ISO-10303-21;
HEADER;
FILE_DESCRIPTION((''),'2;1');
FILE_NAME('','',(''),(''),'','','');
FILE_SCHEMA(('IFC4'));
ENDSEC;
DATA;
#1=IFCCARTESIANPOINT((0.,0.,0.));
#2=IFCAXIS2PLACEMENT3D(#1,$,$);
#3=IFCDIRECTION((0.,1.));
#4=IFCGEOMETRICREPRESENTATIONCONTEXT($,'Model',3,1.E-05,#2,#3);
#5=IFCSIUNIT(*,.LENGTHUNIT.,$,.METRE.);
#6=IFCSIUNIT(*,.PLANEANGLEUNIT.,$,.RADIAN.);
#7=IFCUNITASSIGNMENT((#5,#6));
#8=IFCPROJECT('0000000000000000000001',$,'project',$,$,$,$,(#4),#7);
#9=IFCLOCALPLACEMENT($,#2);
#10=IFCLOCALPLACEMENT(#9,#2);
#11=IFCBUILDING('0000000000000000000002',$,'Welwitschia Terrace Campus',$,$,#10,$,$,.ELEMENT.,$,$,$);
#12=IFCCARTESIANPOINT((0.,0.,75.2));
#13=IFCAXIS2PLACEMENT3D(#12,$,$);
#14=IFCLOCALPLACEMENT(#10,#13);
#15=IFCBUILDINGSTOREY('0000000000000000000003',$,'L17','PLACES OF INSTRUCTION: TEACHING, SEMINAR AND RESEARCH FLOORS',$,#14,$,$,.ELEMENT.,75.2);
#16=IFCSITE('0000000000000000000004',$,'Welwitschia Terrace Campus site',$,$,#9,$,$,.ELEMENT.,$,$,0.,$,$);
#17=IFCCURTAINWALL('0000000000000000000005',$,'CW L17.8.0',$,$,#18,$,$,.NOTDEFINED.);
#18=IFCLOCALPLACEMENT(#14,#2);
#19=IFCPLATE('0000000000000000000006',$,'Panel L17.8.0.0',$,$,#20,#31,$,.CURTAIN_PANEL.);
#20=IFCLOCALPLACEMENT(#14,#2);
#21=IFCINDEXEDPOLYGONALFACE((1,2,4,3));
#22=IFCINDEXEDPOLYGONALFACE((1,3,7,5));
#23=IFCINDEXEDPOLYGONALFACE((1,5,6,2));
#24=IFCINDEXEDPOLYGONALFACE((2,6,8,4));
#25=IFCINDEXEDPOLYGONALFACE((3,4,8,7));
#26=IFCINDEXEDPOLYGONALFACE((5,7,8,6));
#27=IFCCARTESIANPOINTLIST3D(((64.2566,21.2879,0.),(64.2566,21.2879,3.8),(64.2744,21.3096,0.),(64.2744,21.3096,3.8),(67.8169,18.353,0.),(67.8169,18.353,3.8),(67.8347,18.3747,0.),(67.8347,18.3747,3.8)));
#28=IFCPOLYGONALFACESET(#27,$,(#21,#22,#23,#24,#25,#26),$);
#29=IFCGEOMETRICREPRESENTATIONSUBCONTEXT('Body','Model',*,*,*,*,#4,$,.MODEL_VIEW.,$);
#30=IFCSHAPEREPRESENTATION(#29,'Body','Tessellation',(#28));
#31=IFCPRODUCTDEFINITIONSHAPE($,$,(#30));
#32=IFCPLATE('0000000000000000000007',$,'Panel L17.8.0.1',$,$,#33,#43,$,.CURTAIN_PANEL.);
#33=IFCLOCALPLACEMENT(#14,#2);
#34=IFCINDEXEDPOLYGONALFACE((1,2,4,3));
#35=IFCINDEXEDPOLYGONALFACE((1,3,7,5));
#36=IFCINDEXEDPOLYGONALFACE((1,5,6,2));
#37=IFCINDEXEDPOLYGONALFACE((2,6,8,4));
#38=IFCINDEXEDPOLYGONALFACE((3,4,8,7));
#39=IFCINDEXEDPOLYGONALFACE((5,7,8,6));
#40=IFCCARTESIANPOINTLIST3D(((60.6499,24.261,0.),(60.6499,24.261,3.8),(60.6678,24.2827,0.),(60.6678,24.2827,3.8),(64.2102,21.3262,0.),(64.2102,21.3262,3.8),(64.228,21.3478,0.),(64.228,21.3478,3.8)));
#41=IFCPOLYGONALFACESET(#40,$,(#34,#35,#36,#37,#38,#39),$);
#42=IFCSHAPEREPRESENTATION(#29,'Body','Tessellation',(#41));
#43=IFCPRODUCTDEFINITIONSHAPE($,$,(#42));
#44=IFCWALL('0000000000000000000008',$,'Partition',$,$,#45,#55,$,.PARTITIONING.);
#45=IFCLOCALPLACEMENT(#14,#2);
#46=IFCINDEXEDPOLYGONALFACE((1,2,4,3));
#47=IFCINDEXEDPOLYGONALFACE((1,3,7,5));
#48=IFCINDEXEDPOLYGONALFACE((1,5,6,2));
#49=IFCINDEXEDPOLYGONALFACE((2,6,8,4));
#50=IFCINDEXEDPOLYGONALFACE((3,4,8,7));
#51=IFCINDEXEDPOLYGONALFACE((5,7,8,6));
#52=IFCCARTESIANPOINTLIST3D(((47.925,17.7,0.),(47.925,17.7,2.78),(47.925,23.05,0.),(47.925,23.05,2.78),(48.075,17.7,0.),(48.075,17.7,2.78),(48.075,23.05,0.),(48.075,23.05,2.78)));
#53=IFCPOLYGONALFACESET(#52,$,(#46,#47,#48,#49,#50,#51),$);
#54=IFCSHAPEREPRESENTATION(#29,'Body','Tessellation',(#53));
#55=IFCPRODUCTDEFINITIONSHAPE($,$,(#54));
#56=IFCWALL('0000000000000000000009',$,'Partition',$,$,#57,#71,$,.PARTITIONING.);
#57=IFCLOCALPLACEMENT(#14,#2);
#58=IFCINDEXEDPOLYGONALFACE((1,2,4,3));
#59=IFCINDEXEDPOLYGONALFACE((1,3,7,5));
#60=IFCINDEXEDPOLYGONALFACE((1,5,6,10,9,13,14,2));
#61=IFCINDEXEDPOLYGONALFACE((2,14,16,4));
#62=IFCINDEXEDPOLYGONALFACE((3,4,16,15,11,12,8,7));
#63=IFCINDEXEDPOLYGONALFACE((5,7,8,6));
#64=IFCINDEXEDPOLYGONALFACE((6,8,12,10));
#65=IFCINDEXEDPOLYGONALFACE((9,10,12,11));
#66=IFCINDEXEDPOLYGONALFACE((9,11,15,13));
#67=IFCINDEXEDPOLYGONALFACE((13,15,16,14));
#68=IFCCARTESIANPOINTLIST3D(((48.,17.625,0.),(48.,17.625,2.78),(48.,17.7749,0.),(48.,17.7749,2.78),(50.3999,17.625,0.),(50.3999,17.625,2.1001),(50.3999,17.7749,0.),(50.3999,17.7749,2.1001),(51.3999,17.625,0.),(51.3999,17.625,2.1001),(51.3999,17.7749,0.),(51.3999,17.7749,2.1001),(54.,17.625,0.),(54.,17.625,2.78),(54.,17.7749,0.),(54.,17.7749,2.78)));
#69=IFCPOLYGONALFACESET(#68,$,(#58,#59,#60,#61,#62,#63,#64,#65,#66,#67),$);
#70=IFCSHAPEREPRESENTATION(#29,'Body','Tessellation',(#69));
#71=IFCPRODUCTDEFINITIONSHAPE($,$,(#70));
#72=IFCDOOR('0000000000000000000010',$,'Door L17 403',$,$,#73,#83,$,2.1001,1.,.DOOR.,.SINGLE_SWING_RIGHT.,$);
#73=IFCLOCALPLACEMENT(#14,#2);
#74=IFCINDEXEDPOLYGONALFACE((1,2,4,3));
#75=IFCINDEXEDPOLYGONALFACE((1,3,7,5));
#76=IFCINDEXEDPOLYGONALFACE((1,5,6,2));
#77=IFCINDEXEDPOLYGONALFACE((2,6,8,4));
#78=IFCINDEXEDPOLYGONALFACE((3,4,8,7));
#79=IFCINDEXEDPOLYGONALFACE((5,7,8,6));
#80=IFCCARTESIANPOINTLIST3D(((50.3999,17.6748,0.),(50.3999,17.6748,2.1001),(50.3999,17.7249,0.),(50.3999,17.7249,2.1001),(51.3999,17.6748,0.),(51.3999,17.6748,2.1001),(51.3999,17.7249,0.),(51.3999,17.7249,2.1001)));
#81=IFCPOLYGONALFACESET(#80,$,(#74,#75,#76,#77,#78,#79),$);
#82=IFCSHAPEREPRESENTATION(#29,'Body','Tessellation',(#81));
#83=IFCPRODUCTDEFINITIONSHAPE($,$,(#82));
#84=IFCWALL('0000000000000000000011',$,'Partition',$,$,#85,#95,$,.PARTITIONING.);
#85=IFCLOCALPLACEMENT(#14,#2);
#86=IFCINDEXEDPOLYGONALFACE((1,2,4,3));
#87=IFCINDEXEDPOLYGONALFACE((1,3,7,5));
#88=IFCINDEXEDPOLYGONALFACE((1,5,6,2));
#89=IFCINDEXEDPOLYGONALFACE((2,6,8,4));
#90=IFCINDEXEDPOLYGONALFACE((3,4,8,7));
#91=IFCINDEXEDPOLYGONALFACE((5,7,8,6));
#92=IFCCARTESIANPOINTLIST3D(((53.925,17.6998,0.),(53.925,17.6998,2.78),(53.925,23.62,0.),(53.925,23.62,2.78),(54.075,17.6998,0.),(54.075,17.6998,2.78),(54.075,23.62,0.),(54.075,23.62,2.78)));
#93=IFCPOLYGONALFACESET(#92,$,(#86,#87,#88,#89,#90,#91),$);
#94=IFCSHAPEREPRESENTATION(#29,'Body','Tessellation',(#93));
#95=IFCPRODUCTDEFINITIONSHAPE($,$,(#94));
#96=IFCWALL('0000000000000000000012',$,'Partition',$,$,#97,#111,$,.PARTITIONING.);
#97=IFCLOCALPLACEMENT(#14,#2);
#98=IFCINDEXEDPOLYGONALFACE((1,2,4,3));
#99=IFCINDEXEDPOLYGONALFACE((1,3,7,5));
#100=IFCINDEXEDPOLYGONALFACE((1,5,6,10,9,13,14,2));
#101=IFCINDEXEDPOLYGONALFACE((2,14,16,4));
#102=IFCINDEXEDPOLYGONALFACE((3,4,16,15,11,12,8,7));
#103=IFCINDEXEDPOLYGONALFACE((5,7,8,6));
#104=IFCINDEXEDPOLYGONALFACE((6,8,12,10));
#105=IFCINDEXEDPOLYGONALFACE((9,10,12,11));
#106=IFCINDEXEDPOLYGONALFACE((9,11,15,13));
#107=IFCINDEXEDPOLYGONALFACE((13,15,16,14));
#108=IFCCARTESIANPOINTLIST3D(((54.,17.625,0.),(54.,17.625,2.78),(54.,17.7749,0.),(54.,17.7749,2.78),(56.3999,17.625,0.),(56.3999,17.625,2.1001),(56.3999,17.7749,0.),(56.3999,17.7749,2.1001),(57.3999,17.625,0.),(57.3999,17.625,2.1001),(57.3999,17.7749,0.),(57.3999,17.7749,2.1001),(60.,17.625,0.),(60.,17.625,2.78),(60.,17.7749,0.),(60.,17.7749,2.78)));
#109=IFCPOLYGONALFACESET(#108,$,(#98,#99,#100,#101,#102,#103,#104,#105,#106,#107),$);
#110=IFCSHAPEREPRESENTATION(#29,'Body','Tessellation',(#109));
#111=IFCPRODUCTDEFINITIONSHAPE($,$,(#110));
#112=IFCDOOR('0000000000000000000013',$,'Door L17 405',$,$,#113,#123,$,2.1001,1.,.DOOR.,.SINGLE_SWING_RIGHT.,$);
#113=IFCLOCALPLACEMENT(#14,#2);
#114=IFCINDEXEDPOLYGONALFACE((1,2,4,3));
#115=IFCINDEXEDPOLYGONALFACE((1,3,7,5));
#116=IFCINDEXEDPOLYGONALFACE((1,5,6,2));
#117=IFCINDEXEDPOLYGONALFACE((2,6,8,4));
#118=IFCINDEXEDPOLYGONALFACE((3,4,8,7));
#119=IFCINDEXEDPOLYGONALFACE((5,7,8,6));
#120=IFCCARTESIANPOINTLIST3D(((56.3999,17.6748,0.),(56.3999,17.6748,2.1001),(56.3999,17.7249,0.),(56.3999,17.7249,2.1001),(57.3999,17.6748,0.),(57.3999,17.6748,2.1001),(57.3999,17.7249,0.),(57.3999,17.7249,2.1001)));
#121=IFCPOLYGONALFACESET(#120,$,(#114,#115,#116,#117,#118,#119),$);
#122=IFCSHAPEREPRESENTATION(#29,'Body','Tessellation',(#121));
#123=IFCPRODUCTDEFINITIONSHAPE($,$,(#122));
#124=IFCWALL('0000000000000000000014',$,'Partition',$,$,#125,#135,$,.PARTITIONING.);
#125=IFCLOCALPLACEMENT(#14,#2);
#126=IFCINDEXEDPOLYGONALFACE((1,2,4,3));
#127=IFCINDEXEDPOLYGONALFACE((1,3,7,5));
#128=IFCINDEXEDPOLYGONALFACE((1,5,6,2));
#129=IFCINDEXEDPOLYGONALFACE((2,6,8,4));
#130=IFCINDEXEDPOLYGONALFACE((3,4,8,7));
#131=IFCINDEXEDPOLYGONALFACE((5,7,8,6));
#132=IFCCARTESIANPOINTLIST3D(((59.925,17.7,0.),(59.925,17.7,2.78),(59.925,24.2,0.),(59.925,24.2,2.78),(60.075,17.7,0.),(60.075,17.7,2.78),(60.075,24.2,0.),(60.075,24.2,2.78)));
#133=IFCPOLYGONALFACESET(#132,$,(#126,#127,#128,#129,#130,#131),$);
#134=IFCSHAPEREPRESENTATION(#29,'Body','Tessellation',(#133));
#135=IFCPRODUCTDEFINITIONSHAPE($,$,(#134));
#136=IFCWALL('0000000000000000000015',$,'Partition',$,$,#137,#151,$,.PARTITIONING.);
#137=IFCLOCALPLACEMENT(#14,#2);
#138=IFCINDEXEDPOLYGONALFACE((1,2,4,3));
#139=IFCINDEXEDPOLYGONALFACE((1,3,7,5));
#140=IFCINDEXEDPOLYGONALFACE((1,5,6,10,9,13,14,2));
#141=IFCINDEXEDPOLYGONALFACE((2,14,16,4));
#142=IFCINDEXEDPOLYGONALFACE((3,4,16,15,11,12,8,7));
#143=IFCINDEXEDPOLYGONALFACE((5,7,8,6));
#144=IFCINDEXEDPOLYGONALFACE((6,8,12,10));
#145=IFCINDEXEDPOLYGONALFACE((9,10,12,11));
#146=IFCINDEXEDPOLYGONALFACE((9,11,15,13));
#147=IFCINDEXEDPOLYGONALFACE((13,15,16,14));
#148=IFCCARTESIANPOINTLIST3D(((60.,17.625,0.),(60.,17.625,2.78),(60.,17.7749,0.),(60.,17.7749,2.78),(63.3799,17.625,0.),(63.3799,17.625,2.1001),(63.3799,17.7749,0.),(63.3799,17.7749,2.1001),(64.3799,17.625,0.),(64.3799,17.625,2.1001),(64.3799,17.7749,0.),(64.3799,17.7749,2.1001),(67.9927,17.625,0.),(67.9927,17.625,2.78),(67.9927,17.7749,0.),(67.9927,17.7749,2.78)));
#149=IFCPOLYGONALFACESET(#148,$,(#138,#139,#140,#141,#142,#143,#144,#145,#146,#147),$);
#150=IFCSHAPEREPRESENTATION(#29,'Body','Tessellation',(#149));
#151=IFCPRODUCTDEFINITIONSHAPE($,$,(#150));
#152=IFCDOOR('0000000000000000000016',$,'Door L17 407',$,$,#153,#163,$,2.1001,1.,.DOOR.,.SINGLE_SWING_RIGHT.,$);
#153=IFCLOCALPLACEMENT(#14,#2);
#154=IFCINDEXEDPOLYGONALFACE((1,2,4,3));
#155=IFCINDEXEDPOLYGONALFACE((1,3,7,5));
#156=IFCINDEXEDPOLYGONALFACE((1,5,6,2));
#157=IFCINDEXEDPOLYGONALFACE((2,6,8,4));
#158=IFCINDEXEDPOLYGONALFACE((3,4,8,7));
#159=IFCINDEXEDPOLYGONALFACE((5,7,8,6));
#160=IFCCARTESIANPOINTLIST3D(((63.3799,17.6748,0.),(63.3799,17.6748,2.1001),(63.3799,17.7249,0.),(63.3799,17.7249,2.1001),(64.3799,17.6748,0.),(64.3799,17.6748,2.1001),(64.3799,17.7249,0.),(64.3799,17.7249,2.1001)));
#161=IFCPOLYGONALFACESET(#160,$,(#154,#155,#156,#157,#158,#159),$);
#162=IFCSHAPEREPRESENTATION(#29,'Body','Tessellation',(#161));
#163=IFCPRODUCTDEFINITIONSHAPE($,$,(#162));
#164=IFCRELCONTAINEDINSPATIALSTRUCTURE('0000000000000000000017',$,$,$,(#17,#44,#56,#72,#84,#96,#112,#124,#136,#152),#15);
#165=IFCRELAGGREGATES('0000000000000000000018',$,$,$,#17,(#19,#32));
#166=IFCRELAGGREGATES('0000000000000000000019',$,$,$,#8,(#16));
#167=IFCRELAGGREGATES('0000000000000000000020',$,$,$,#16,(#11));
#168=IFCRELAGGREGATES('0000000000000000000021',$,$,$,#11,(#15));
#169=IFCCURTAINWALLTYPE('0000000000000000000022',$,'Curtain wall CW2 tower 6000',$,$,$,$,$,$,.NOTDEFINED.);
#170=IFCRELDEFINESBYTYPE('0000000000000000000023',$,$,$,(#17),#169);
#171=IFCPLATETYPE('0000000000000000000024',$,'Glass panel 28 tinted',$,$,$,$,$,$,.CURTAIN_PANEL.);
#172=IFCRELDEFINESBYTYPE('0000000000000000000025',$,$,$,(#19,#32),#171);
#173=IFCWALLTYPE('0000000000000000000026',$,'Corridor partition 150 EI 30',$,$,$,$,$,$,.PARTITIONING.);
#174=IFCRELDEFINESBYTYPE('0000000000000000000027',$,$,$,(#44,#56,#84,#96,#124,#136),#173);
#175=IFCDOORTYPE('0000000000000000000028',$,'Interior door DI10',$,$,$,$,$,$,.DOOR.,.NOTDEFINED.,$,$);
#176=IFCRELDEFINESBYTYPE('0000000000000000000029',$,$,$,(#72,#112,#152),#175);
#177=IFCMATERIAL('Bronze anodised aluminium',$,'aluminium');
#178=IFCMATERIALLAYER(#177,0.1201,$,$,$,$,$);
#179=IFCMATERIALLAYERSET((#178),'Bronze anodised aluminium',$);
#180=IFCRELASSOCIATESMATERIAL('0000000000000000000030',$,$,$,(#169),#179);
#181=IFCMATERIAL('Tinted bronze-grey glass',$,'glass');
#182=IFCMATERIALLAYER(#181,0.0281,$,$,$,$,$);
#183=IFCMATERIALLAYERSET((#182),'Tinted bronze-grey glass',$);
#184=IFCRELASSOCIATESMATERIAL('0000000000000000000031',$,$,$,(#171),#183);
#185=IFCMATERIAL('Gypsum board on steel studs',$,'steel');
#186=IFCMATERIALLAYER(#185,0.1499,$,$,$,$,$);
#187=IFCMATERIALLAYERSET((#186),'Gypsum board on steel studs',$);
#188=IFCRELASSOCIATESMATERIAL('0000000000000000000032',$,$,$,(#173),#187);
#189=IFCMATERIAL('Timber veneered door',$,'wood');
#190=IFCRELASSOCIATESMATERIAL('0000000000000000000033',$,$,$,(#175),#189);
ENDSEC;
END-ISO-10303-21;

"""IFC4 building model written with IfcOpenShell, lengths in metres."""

from ifc_helpers import new_model, si_unit, direction, frame, frame_2d, origin, origin_2d, place, context, subcontext, project, spatial, rectangle, extrude, material, layer, layer_set, type_object, element, fill, aggregate, save


model = new_model("IFC4")

# Units and contexts
model_context = context("Model", 3, precision=1e-05, world=origin(), true_north=direction((0.0, 1.0)))
body_context = subcontext(model_context, "Body", "Model", "MODEL_VIEW")
ifc_project = project(units=[si_unit("LENGTHUNIT", "METRE"), si_unit("PLANEANGLEUNIT", "RADIAN")], contexts=[model_context])

# Site, building, storey
site_placement = place(None, origin())
site = spatial("IfcSite", under=ifc_project, at=site_placement, Name="Welwitschia Terrace Campus site", CompositionType="ELEMENT", RefElevation=0.0)
building_placement = place(site_placement, origin())
building = spatial("IfcBuilding", under=site, at=building_placement, Name="Welwitschia Terrace Campus", CompositionType="ELEMENT")
storey_placement = place(building_placement, frame((0.0, 0.0, 75.2)))
storey = spatial("IfcBuildingStorey", under=building, at=storey_placement, Name="L17", Description="PLACES OF INSTRUCTION: TEACHING, SEMINAR AND RESEARCH FLOORS", CompositionType="ELEMENT", Elevation=75.2)

# Shared definitions
ifc_material_1 = material(Name="Bronze anodised aluminium", Category="aluminium")
ifc_layer_1 = layer(ifc_material_1, 0.1201)
ifc_layer_set_1 = layer_set([ifc_layer_1], Name="Bronze anodised aluminium")
curtain_wall_type = type_object("IfcCurtainWallType", Name="Curtain wall CW2 tower 6000", PredefinedType="NOTDEFINED", material=ifc_layer_set_1)

# Curtain wall
curtain_wall_1_placement = place(storey_placement, origin())
curtain_wall_1 = element("IfcCurtainWall", 1, at=curtain_wall_1_placement, inside=storey, type_object=curtain_wall_type, Name="CW L17.8.0", PredefinedType="NOTDEFINED")

# Plates
ifc_material_2 = material(Name="Tinted bronze-grey glass", Category="glass")
ifc_layer_2 = layer(ifc_material_2, 0.0281)
ifc_layer_set_2 = layer_set([ifc_layer_2], Name="Tinted bronze-grey glass")
plate_type = type_object("IfcPlateType", Name="Glass panel 28 tinted", PredefinedType="CURTAIN_PANEL", material=ifc_layer_set_2)
plate_1_placement = place(storey_placement, frame((66.0457, 19.8313, 0.0), z_axis=(0.0, 0.0, 1.0), x_axis=(-0.771625, 0.636078, 0.0)))
plate_1 = element("IfcPlate", 2, at=plate_1_placement, type_object=plate_type, Name="Panel L17.8.0.0", PredefinedType="CURTAIN_PANEL", context=body_context, shape_type="SweptSolid", body=[
    extrude(rectangle(XDim=4.614, YDim=0.0281, at=origin_2d()), origin(), (0.0, 0.0, 1.0), 3.8),
])
plate_2_placement = place(storey_placement, frame((62.439, 22.8044, 0.0), z_axis=(0.0, 0.0, 1.0), x_axis=(-0.771625, 0.636078, 0.0)))
plate_2 = element("IfcPlate", 3, at=plate_2_placement, type_object=plate_type, Name="Panel L17.8.0.1", PredefinedType="CURTAIN_PANEL", context=body_context, shape_type="SweptSolid", body=[
    extrude(rectangle(XDim=4.614, YDim=0.0281, at=origin_2d()), origin(), (0.0, 0.0, 1.0), 3.8),
])
aggregate(curtain_wall_1, [plate_1, plate_2])

# Wall
ifc_material_3 = material(Name="Gypsum board on steel studs", Category="steel")
ifc_layer_3 = layer(ifc_material_3, 0.1499)
ifc_layer_set_3 = layer_set([ifc_layer_3], Name="Gypsum board on steel studs")
wall_type_1 = type_object("IfcWallType", Name="Corridor partition 150 EI 30", PredefinedType="PARTITIONING", material=ifc_layer_set_3)
wall_1_placement = place(storey_placement, frame((48.0, 17.7, 0.0), z_axis=(0.0, 0.0, 1.0), x_axis=(0.0, 1.0, 0.0)))
element("IfcWall", 4, at=wall_1_placement, inside=storey, type_object=wall_type_1, Name="Partition", PredefinedType="PARTITIONING", context=body_context, shape_type="SweptSolid", body=[
    extrude(rectangle(XDim=5.3501, YDim=0.1499, at=frame_2d((2.675, 0.0))), origin(), (0.0, 0.0, 1.0), 2.78),
])

# Wall, opening, door
wall_2_placement = place(storey_placement, frame((48.0, 17.7, 0.0), z_axis=(0.0, 0.0, 1.0), x_axis=(1.0, 0.0, 0.0)))
wall_2 = element("IfcWall", 5, at=wall_2_placement, inside=storey, type_object=wall_type_1, Name="Partition", PredefinedType="PARTITIONING", context=body_context, shape_type="SweptSolid", body=[
    extrude(rectangle(XDim=6.0, YDim=0.1499, at=frame_2d((3.0, 0.0))), origin(), (0.0, 0.0, 1.0), 2.78),
])
opening_1_placement = place(wall_2_placement, frame((2.3999, 0.0, 0.0)))
opening_1 = element("IfcOpeningElement", 6, at=opening_1_placement, cuts=wall_2, PredefinedType="OPENING", context=body_context, shape_type="SweptSolid", body=[
    extrude(rectangle(XDim=1.0, YDim=2.1001, at=frame_2d((0.5, 1.05))), frame((0.0, 0.085, 0.0), z_axis=(0.0, -1.0, 0.0), x_axis=(1.0, 0.0, 0.0)), (0.0, 0.0, 1.0), 0.1699),
])
ifc_material_4 = material(Name="Timber veneered door", Category="wood")
door_type = type_object("IfcDoorType", Name="Interior door DI10", OperationType="NOTDEFINED", PredefinedType="DOOR", material=ifc_material_4)
door_1_placement = place(opening_1_placement, origin())
door_1 = element("IfcDoor", 7, at=door_1_placement, inside=storey, type_object=door_type, Name="Door L17 403", OperationType="SINGLE_SWING_RIGHT", OverallHeight=2.1001, OverallWidth=1.0, PredefinedType="DOOR", context=body_context, shape_type="SweptSolid", body=[
    extrude(rectangle(XDim=1.0, YDim=2.1001, at=frame_2d((0.5, 1.05))), frame((0.0, 0.0249, 0.0), z_axis=(0.0, -1.0, 0.0), x_axis=(1.0, 0.0, 0.0)), (0.0, 0.0, 1.0), 0.05),
])
fill(opening_1, door_1)

# Wall
wall_3_placement = place(storey_placement, frame((54.0, 17.7, 0.0), z_axis=(0.0, 0.0, 1.0), x_axis=(0.0, 1.0, 0.0)))
element("IfcWall", 8, at=wall_3_placement, inside=storey, type_object=wall_type_1, Name="Partition", PredefinedType="PARTITIONING", context=body_context, shape_type="SweptSolid", body=[
    extrude(rectangle(XDim=5.9202, YDim=0.1499, at=frame_2d((2.96, 0.0))), origin(), (0.0, 0.0, 1.0), 2.78),
])

# Wall, opening, door
wall_4_placement = place(storey_placement, frame((54.0, 17.7, 0.0), z_axis=(0.0, 0.0, 1.0), x_axis=(1.0, 0.0, 0.0)))
wall_4 = element("IfcWall", 9, at=wall_4_placement, inside=storey, type_object=wall_type_1, Name="Partition", PredefinedType="PARTITIONING", context=body_context, shape_type="SweptSolid", body=[
    extrude(rectangle(XDim=6.0, YDim=0.1499, at=frame_2d((3.0, 0.0))), origin(), (0.0, 0.0, 1.0), 2.78),
])
opening_2_placement = place(wall_4_placement, frame((2.3999, 0.0, 0.0)))
opening_2 = element("IfcOpeningElement", 10, at=opening_2_placement, cuts=wall_4, PredefinedType="OPENING", context=body_context, shape_type="SweptSolid", body=[
    extrude(rectangle(XDim=1.0, YDim=2.1001, at=frame_2d((0.5, 1.05))), frame((0.0, 0.085, 0.0), z_axis=(0.0, -1.0, 0.0), x_axis=(1.0, 0.0, 0.0)), (0.0, 0.0, 1.0), 0.1699),
])
door_2_placement = place(opening_2_placement, origin())
door_2 = element("IfcDoor", 11, at=door_2_placement, inside=storey, type_object=door_type, Name="Door L17 405", OperationType="SINGLE_SWING_RIGHT", OverallHeight=2.1001, OverallWidth=1.0, PredefinedType="DOOR", context=body_context, shape_type="SweptSolid", body=[
    extrude(rectangle(XDim=1.0, YDim=2.1001, at=frame_2d((0.5, 1.05))), frame((0.0, 0.0249, 0.0), z_axis=(0.0, -1.0, 0.0), x_axis=(1.0, 0.0, 0.0)), (0.0, 0.0, 1.0), 0.05),
])
fill(opening_2, door_2)

# Wall
wall_5_placement = place(storey_placement, frame((60.0, 17.7, 0.0), z_axis=(0.0, 0.0, 1.0), x_axis=(0.0, 1.0, 0.0)))
element("IfcWall", 12, at=wall_5_placement, inside=storey, type_object=wall_type_1, Name="Partition", PredefinedType="PARTITIONING", context=body_context, shape_type="SweptSolid", body=[
    extrude(rectangle(XDim=6.5, YDim=0.1499, at=frame_2d((3.25, 0.0))), origin(), (0.0, 0.0, 1.0), 2.78),
])

# Wall, opening, door
wall_6_placement = place(storey_placement, frame((60.0, 17.7, 0.0), z_axis=(0.0, 0.0, 1.0), x_axis=(1.0, 0.0, 0.0)))
wall_6 = element("IfcWall", 13, at=wall_6_placement, inside=storey, type_object=wall_type_1, Name="Partition", PredefinedType="PARTITIONING", context=body_context, shape_type="SweptSolid", body=[
    extrude(rectangle(XDim=7.9927, YDim=0.1499, at=frame_2d((3.9963, 0.0))), origin(), (0.0, 0.0, 1.0), 2.78),
])
opening_3_placement = place(wall_6_placement, frame((3.3799, 0.0, 0.0)))
opening_3 = element("IfcOpeningElement", 14, at=opening_3_placement, cuts=wall_6, PredefinedType="OPENING", context=body_context, shape_type="SweptSolid", body=[
    extrude(rectangle(XDim=1.0, YDim=2.1001, at=frame_2d((0.5, 1.05))), frame((0.0, 0.085, 0.0), z_axis=(0.0, -1.0, 0.0), x_axis=(1.0, 0.0, 0.0)), (0.0, 0.0, 1.0), 0.1699),
])
door_3_placement = place(opening_3_placement, origin())
door_3 = element("IfcDoor", 15, at=door_3_placement, inside=storey, type_object=door_type, Name="Door L17 407", OperationType="SINGLE_SWING_RIGHT", OverallHeight=2.1001, OverallWidth=1.0, PredefinedType="DOOR", context=body_context, shape_type="SweptSolid", body=[
    extrude(rectangle(XDim=1.0, YDim=2.1001, at=frame_2d((0.5, 1.05))), frame((0.0, 0.0249, 0.0), z_axis=(0.0, -1.0, 0.0), x_axis=(1.0, 0.0, 0.0)), (0.0, 0.0, 1.0), 0.05),
])
fill(opening_3, door_3)

save(model, "model.ifc")
